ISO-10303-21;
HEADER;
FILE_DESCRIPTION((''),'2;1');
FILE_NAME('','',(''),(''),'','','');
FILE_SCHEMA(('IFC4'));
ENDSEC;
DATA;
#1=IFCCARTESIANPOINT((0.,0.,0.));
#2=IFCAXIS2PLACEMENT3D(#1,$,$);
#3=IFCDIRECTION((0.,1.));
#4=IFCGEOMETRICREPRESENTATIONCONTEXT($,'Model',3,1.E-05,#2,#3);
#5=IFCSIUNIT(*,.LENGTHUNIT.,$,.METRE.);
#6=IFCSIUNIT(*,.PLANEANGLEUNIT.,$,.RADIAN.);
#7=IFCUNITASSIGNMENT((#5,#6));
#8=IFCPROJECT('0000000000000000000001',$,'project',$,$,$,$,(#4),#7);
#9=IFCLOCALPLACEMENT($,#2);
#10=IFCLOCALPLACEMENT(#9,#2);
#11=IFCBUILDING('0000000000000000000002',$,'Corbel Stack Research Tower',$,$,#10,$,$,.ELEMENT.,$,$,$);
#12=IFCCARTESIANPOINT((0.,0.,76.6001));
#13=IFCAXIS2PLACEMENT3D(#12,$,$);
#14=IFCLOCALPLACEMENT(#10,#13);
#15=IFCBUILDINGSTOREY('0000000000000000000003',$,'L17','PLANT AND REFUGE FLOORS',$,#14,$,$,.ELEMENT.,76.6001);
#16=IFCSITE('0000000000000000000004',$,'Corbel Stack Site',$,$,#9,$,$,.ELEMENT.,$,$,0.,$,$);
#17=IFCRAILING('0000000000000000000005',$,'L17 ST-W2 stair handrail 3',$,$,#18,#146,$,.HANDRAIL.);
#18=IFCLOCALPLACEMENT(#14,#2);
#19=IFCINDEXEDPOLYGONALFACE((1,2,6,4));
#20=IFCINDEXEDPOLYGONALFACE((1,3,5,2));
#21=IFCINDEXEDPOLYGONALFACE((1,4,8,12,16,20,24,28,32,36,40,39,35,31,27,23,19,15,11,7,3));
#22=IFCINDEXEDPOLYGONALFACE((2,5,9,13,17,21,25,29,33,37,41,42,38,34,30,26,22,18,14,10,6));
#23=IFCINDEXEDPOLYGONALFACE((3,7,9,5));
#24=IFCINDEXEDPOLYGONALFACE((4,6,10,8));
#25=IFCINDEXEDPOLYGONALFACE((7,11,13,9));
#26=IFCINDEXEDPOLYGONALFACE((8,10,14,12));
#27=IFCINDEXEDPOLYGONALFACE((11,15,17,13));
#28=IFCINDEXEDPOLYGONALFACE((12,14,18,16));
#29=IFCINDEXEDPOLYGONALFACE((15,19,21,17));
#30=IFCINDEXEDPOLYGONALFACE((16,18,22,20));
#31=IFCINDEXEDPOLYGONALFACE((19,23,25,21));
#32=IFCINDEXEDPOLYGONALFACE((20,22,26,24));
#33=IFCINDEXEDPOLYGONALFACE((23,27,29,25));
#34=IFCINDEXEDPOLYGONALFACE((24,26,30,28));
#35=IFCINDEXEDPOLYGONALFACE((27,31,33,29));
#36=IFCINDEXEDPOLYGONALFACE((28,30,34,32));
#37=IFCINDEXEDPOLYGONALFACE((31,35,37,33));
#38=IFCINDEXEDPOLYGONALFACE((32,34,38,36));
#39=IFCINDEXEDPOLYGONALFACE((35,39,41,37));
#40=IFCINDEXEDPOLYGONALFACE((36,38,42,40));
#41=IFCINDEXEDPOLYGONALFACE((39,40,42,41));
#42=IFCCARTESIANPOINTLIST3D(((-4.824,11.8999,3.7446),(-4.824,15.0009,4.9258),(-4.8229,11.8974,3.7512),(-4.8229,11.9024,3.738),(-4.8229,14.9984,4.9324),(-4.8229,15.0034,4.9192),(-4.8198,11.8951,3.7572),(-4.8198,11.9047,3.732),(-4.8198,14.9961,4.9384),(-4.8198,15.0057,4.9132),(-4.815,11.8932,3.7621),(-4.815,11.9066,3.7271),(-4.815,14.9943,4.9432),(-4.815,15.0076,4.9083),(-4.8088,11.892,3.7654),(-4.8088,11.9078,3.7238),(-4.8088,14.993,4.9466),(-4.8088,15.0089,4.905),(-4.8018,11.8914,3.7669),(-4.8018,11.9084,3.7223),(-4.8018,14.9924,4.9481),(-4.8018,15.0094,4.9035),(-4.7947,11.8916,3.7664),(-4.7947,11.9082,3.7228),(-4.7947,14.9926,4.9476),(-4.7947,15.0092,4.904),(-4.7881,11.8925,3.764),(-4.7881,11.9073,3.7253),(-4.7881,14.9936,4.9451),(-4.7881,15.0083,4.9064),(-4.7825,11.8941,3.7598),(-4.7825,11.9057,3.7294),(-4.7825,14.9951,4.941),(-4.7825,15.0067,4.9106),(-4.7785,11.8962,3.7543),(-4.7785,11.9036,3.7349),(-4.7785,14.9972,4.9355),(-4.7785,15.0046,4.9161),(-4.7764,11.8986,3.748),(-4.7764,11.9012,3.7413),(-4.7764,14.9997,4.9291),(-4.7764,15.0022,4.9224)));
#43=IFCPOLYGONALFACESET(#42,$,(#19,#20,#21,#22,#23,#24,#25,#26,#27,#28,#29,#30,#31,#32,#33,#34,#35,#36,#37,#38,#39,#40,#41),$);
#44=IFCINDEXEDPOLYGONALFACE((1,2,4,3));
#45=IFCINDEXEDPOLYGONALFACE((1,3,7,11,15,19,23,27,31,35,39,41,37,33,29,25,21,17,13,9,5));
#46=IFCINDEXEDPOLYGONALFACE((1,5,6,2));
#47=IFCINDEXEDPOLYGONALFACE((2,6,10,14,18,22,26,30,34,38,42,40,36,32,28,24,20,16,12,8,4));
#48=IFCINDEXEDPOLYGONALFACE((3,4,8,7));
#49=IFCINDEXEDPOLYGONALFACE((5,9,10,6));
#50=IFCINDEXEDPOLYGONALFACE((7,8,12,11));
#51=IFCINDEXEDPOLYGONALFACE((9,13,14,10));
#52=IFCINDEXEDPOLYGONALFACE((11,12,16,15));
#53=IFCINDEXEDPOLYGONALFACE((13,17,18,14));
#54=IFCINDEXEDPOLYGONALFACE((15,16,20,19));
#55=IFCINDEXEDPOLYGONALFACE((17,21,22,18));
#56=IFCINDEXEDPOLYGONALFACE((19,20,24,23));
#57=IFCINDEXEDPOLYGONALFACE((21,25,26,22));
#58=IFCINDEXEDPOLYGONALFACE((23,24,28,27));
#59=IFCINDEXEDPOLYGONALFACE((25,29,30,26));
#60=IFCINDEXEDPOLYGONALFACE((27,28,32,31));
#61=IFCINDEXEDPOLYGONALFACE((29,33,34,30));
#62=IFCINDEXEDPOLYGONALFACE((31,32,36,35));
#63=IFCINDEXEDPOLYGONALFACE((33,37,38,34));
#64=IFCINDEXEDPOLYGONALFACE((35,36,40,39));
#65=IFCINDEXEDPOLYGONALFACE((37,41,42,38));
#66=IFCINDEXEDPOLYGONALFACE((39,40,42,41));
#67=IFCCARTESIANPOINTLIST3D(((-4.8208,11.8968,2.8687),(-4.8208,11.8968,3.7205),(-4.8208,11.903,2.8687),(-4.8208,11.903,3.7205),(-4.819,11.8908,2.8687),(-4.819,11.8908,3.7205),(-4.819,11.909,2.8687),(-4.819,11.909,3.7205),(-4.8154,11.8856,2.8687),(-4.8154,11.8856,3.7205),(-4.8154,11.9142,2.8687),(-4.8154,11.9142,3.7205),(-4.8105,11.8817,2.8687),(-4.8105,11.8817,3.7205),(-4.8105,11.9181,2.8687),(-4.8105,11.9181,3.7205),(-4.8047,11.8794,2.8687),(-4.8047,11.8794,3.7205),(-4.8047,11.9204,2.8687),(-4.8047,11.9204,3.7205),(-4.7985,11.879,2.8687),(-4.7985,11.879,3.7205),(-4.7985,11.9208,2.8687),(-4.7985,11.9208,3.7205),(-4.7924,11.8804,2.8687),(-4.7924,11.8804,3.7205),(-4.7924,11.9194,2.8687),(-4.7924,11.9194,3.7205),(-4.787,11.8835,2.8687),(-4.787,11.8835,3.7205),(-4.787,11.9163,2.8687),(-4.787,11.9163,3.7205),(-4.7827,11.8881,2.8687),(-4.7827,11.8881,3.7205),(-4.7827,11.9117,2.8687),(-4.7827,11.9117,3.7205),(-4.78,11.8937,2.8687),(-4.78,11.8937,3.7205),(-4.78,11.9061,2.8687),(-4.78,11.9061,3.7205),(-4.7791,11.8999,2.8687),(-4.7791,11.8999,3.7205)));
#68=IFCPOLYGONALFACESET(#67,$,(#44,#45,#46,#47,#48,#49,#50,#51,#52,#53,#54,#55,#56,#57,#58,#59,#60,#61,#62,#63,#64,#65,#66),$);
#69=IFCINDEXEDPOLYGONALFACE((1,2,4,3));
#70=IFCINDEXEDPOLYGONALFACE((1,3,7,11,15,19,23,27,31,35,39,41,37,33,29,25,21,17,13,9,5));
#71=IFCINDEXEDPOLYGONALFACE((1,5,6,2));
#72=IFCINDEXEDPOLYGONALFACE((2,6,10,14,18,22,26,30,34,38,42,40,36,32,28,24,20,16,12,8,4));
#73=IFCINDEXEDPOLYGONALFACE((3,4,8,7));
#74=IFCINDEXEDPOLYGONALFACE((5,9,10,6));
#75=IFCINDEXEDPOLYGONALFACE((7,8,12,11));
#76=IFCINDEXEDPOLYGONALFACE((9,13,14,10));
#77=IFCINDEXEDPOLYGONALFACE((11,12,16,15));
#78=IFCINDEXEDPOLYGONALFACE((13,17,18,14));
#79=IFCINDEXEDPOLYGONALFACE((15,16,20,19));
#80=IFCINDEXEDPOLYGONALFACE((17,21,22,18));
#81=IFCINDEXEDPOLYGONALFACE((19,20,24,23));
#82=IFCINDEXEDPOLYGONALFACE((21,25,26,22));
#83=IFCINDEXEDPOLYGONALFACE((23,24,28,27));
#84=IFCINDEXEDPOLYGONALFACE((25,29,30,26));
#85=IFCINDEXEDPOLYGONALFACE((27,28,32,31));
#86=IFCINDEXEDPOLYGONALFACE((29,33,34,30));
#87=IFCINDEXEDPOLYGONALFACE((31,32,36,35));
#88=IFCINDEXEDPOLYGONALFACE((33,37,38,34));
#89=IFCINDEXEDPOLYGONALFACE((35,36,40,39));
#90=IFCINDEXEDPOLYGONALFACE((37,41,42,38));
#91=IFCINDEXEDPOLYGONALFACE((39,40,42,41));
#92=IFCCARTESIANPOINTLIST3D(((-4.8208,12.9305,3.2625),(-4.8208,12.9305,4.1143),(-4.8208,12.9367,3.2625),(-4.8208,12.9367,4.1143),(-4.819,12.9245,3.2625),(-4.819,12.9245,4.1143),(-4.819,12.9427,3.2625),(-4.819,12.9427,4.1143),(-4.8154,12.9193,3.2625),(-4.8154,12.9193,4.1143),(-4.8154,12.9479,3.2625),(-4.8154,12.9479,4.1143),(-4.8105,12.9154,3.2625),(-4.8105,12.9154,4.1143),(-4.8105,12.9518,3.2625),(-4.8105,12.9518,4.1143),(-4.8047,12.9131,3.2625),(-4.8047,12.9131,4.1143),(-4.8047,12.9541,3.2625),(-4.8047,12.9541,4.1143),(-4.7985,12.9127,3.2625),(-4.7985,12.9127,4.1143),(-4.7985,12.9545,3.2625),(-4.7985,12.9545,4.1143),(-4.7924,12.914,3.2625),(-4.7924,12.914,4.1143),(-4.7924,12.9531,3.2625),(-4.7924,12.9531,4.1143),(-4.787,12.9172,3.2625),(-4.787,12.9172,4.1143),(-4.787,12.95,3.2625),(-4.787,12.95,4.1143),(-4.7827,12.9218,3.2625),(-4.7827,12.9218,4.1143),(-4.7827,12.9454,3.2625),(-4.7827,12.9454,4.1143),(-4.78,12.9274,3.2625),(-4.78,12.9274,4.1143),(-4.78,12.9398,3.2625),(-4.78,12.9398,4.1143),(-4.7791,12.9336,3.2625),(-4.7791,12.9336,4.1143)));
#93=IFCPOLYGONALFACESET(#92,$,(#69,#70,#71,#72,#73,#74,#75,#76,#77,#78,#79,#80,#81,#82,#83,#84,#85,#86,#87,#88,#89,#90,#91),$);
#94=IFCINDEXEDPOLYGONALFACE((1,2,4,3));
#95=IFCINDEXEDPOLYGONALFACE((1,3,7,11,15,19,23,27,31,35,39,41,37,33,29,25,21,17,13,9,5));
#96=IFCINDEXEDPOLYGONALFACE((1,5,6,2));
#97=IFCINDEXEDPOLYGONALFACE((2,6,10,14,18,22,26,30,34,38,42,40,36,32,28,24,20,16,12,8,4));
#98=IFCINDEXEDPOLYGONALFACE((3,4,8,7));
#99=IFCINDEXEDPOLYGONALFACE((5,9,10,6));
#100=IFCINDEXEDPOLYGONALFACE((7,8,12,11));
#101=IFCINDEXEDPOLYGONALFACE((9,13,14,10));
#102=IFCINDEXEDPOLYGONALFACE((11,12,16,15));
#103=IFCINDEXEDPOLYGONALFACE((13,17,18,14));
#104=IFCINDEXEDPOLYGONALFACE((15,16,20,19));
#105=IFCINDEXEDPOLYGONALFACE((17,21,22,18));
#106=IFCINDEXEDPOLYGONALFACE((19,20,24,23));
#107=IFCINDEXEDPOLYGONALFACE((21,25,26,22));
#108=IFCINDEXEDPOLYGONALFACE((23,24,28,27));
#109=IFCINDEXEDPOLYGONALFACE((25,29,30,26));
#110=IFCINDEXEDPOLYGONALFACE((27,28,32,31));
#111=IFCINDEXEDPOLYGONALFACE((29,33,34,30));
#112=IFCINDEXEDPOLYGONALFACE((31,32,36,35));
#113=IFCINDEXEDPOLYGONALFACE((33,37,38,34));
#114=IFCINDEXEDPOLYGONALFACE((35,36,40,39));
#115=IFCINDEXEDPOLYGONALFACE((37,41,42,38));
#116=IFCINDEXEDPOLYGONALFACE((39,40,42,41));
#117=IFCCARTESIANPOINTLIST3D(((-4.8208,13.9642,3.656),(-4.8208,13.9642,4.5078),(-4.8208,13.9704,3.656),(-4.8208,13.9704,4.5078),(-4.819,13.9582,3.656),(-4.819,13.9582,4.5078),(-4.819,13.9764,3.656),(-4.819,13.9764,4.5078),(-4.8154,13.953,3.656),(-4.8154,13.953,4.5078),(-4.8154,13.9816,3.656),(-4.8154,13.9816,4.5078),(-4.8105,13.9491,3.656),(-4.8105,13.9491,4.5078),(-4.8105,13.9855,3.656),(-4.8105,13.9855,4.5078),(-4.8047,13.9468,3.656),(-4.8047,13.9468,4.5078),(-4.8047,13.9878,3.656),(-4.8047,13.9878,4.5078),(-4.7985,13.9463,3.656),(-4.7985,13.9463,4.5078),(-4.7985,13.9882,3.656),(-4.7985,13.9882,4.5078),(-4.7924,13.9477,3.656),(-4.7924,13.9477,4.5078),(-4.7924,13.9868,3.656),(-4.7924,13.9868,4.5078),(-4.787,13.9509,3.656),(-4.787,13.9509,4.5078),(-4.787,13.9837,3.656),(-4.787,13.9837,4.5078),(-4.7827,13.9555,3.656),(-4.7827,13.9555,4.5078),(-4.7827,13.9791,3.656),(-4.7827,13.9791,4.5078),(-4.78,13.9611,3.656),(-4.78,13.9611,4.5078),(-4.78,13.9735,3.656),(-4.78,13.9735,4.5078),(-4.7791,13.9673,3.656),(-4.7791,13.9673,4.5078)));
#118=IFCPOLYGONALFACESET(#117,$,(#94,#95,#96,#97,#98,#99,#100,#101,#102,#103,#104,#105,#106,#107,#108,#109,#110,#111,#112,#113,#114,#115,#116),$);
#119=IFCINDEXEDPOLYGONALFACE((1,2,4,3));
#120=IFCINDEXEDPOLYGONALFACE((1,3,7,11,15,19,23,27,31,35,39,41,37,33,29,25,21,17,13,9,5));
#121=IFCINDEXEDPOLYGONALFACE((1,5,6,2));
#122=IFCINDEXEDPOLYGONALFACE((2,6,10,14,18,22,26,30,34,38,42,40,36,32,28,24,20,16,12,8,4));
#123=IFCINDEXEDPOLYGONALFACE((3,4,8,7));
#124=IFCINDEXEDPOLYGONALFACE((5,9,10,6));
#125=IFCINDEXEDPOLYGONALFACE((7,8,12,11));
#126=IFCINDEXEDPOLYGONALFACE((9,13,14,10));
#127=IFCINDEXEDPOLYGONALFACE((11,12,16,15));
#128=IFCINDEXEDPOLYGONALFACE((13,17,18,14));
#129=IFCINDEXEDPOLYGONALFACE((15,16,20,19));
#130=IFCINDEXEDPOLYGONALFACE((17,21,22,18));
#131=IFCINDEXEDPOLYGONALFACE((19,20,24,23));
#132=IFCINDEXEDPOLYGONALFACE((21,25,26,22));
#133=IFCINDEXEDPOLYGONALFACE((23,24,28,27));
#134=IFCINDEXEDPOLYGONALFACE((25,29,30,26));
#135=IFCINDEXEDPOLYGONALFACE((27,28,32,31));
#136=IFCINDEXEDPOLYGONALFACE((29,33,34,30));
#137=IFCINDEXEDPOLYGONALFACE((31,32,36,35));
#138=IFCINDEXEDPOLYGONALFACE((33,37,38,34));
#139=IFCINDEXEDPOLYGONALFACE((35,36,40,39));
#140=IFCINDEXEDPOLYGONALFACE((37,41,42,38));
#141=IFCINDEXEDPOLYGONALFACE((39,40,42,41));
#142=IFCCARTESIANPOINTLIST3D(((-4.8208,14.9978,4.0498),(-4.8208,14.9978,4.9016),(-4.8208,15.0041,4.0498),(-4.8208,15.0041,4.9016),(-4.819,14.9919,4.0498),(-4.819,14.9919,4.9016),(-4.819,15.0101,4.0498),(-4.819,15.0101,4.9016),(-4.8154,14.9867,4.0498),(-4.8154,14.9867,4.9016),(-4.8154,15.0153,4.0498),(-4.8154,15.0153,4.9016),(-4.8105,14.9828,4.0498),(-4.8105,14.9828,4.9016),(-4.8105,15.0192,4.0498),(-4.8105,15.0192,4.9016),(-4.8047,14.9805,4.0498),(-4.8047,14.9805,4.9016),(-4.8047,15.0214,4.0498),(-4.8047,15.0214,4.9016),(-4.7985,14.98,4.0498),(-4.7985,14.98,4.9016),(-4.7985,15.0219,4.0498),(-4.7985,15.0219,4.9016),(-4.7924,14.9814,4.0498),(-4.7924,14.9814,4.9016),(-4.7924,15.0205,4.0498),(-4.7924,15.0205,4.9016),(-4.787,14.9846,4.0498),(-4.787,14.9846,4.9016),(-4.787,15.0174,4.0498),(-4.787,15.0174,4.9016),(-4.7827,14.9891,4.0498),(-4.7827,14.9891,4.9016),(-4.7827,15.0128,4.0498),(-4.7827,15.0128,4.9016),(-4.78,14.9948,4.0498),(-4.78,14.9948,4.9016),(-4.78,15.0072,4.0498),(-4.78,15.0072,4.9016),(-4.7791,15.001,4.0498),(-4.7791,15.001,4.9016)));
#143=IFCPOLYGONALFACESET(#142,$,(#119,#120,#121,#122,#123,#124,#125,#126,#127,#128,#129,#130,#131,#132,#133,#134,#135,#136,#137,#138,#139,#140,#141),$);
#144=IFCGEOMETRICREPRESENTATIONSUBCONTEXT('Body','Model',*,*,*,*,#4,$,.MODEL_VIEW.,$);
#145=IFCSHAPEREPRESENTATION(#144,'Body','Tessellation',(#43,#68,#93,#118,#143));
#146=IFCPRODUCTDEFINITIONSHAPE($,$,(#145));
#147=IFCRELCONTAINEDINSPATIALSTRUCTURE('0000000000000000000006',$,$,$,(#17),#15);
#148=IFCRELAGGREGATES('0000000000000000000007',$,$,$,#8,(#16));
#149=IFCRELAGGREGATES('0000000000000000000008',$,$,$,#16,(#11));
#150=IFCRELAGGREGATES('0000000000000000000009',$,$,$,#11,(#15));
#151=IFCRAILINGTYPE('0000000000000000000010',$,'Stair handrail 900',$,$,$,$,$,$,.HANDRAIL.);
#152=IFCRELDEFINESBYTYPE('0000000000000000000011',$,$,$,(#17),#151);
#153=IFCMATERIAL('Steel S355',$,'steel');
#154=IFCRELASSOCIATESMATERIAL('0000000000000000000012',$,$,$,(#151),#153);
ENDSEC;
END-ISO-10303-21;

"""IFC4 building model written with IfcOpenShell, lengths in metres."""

from ifc_helpers import new_model, si_unit, direction, frame, origin, origin_2d, place, context, subcontext, project, spatial, circle, extrude, material, type_object, element, save


model = new_model("IFC4")

# Units and contexts
model_context = context("Model", 3, precision=1e-05, world=origin(), true_north=direction((0.0, 1.0)))
body_context = subcontext(model_context, "Body", "Model", "MODEL_VIEW")
ifc_project = project(units=[si_unit("LENGTHUNIT", "METRE"), si_unit("PLANEANGLEUNIT", "RADIAN")], contexts=[model_context])

# Site, building, storey
site_placement = place(None, origin())
site = spatial("IfcSite", under=ifc_project, at=site_placement, Name="Corbel Stack Site", CompositionType="ELEMENT", RefElevation=0.0)
building_placement = place(site_placement, origin())
building = spatial("IfcBuilding", under=site, at=building_placement, Name="Corbel Stack Research Tower", CompositionType="ELEMENT")
storey_placement = place(building_placement, frame((0.0, 0.0, 76.6001)))
storey = spatial("IfcBuildingStorey", under=building, at=storey_placement, Name="L17", Description="PLANT AND REFUGE FLOORS", CompositionType="ELEMENT", Elevation=76.6001)

# Railing
ifc_material_1 = material(Name="Steel S355", Category="steel")
railing_type_1 = type_object("IfcRailingType", Name="Stair handrail 900", PredefinedType="HANDRAIL", material=ifc_material_1)
for number, where, name in (
    (1, (-4.8, 11.8999, 2.8687), "L17 ST-W2 stair handrail 3"),
):
    element("IfcRailing", number, at=place(storey_placement, frame(where)), inside=storey, type_object=railing_type_1, Name=name, PredefinedType="HANDRAIL", context=body_context, shape_type="SweptSolid", body=[
        extrude(circle(Radius=0.0239, at=origin_2d()), frame((0.0, 0.0, 0.876), z_axis=(0.0, 0.934509, 0.35594), x_axis=(-1.0, 0.0, 0.0)), (0.0, 0.0, 1.0), 3.3184),
        extrude(circle(Radius=0.021, at=origin_2d()), origin(), (0.0, 0.0, 1.0), 0.8518),
        extrude(circle(Radius=0.021, at=origin_2d()), frame((0.0, 1.0337, 0.3938)), (0.0, 0.0, 1.0), 0.8518),
        extrude(circle(Radius=0.021, at=origin_2d()), frame((0.0, 2.0674, 0.7874)), (0.0, 0.0, 1.0), 0.8518),
        extrude(circle(Radius=0.021, at=origin_2d()), frame((0.0, 3.1011, 1.1812)), (0.0, 0.0, 1.0), 0.8518),
    ])

save(model, "model.ifc")
